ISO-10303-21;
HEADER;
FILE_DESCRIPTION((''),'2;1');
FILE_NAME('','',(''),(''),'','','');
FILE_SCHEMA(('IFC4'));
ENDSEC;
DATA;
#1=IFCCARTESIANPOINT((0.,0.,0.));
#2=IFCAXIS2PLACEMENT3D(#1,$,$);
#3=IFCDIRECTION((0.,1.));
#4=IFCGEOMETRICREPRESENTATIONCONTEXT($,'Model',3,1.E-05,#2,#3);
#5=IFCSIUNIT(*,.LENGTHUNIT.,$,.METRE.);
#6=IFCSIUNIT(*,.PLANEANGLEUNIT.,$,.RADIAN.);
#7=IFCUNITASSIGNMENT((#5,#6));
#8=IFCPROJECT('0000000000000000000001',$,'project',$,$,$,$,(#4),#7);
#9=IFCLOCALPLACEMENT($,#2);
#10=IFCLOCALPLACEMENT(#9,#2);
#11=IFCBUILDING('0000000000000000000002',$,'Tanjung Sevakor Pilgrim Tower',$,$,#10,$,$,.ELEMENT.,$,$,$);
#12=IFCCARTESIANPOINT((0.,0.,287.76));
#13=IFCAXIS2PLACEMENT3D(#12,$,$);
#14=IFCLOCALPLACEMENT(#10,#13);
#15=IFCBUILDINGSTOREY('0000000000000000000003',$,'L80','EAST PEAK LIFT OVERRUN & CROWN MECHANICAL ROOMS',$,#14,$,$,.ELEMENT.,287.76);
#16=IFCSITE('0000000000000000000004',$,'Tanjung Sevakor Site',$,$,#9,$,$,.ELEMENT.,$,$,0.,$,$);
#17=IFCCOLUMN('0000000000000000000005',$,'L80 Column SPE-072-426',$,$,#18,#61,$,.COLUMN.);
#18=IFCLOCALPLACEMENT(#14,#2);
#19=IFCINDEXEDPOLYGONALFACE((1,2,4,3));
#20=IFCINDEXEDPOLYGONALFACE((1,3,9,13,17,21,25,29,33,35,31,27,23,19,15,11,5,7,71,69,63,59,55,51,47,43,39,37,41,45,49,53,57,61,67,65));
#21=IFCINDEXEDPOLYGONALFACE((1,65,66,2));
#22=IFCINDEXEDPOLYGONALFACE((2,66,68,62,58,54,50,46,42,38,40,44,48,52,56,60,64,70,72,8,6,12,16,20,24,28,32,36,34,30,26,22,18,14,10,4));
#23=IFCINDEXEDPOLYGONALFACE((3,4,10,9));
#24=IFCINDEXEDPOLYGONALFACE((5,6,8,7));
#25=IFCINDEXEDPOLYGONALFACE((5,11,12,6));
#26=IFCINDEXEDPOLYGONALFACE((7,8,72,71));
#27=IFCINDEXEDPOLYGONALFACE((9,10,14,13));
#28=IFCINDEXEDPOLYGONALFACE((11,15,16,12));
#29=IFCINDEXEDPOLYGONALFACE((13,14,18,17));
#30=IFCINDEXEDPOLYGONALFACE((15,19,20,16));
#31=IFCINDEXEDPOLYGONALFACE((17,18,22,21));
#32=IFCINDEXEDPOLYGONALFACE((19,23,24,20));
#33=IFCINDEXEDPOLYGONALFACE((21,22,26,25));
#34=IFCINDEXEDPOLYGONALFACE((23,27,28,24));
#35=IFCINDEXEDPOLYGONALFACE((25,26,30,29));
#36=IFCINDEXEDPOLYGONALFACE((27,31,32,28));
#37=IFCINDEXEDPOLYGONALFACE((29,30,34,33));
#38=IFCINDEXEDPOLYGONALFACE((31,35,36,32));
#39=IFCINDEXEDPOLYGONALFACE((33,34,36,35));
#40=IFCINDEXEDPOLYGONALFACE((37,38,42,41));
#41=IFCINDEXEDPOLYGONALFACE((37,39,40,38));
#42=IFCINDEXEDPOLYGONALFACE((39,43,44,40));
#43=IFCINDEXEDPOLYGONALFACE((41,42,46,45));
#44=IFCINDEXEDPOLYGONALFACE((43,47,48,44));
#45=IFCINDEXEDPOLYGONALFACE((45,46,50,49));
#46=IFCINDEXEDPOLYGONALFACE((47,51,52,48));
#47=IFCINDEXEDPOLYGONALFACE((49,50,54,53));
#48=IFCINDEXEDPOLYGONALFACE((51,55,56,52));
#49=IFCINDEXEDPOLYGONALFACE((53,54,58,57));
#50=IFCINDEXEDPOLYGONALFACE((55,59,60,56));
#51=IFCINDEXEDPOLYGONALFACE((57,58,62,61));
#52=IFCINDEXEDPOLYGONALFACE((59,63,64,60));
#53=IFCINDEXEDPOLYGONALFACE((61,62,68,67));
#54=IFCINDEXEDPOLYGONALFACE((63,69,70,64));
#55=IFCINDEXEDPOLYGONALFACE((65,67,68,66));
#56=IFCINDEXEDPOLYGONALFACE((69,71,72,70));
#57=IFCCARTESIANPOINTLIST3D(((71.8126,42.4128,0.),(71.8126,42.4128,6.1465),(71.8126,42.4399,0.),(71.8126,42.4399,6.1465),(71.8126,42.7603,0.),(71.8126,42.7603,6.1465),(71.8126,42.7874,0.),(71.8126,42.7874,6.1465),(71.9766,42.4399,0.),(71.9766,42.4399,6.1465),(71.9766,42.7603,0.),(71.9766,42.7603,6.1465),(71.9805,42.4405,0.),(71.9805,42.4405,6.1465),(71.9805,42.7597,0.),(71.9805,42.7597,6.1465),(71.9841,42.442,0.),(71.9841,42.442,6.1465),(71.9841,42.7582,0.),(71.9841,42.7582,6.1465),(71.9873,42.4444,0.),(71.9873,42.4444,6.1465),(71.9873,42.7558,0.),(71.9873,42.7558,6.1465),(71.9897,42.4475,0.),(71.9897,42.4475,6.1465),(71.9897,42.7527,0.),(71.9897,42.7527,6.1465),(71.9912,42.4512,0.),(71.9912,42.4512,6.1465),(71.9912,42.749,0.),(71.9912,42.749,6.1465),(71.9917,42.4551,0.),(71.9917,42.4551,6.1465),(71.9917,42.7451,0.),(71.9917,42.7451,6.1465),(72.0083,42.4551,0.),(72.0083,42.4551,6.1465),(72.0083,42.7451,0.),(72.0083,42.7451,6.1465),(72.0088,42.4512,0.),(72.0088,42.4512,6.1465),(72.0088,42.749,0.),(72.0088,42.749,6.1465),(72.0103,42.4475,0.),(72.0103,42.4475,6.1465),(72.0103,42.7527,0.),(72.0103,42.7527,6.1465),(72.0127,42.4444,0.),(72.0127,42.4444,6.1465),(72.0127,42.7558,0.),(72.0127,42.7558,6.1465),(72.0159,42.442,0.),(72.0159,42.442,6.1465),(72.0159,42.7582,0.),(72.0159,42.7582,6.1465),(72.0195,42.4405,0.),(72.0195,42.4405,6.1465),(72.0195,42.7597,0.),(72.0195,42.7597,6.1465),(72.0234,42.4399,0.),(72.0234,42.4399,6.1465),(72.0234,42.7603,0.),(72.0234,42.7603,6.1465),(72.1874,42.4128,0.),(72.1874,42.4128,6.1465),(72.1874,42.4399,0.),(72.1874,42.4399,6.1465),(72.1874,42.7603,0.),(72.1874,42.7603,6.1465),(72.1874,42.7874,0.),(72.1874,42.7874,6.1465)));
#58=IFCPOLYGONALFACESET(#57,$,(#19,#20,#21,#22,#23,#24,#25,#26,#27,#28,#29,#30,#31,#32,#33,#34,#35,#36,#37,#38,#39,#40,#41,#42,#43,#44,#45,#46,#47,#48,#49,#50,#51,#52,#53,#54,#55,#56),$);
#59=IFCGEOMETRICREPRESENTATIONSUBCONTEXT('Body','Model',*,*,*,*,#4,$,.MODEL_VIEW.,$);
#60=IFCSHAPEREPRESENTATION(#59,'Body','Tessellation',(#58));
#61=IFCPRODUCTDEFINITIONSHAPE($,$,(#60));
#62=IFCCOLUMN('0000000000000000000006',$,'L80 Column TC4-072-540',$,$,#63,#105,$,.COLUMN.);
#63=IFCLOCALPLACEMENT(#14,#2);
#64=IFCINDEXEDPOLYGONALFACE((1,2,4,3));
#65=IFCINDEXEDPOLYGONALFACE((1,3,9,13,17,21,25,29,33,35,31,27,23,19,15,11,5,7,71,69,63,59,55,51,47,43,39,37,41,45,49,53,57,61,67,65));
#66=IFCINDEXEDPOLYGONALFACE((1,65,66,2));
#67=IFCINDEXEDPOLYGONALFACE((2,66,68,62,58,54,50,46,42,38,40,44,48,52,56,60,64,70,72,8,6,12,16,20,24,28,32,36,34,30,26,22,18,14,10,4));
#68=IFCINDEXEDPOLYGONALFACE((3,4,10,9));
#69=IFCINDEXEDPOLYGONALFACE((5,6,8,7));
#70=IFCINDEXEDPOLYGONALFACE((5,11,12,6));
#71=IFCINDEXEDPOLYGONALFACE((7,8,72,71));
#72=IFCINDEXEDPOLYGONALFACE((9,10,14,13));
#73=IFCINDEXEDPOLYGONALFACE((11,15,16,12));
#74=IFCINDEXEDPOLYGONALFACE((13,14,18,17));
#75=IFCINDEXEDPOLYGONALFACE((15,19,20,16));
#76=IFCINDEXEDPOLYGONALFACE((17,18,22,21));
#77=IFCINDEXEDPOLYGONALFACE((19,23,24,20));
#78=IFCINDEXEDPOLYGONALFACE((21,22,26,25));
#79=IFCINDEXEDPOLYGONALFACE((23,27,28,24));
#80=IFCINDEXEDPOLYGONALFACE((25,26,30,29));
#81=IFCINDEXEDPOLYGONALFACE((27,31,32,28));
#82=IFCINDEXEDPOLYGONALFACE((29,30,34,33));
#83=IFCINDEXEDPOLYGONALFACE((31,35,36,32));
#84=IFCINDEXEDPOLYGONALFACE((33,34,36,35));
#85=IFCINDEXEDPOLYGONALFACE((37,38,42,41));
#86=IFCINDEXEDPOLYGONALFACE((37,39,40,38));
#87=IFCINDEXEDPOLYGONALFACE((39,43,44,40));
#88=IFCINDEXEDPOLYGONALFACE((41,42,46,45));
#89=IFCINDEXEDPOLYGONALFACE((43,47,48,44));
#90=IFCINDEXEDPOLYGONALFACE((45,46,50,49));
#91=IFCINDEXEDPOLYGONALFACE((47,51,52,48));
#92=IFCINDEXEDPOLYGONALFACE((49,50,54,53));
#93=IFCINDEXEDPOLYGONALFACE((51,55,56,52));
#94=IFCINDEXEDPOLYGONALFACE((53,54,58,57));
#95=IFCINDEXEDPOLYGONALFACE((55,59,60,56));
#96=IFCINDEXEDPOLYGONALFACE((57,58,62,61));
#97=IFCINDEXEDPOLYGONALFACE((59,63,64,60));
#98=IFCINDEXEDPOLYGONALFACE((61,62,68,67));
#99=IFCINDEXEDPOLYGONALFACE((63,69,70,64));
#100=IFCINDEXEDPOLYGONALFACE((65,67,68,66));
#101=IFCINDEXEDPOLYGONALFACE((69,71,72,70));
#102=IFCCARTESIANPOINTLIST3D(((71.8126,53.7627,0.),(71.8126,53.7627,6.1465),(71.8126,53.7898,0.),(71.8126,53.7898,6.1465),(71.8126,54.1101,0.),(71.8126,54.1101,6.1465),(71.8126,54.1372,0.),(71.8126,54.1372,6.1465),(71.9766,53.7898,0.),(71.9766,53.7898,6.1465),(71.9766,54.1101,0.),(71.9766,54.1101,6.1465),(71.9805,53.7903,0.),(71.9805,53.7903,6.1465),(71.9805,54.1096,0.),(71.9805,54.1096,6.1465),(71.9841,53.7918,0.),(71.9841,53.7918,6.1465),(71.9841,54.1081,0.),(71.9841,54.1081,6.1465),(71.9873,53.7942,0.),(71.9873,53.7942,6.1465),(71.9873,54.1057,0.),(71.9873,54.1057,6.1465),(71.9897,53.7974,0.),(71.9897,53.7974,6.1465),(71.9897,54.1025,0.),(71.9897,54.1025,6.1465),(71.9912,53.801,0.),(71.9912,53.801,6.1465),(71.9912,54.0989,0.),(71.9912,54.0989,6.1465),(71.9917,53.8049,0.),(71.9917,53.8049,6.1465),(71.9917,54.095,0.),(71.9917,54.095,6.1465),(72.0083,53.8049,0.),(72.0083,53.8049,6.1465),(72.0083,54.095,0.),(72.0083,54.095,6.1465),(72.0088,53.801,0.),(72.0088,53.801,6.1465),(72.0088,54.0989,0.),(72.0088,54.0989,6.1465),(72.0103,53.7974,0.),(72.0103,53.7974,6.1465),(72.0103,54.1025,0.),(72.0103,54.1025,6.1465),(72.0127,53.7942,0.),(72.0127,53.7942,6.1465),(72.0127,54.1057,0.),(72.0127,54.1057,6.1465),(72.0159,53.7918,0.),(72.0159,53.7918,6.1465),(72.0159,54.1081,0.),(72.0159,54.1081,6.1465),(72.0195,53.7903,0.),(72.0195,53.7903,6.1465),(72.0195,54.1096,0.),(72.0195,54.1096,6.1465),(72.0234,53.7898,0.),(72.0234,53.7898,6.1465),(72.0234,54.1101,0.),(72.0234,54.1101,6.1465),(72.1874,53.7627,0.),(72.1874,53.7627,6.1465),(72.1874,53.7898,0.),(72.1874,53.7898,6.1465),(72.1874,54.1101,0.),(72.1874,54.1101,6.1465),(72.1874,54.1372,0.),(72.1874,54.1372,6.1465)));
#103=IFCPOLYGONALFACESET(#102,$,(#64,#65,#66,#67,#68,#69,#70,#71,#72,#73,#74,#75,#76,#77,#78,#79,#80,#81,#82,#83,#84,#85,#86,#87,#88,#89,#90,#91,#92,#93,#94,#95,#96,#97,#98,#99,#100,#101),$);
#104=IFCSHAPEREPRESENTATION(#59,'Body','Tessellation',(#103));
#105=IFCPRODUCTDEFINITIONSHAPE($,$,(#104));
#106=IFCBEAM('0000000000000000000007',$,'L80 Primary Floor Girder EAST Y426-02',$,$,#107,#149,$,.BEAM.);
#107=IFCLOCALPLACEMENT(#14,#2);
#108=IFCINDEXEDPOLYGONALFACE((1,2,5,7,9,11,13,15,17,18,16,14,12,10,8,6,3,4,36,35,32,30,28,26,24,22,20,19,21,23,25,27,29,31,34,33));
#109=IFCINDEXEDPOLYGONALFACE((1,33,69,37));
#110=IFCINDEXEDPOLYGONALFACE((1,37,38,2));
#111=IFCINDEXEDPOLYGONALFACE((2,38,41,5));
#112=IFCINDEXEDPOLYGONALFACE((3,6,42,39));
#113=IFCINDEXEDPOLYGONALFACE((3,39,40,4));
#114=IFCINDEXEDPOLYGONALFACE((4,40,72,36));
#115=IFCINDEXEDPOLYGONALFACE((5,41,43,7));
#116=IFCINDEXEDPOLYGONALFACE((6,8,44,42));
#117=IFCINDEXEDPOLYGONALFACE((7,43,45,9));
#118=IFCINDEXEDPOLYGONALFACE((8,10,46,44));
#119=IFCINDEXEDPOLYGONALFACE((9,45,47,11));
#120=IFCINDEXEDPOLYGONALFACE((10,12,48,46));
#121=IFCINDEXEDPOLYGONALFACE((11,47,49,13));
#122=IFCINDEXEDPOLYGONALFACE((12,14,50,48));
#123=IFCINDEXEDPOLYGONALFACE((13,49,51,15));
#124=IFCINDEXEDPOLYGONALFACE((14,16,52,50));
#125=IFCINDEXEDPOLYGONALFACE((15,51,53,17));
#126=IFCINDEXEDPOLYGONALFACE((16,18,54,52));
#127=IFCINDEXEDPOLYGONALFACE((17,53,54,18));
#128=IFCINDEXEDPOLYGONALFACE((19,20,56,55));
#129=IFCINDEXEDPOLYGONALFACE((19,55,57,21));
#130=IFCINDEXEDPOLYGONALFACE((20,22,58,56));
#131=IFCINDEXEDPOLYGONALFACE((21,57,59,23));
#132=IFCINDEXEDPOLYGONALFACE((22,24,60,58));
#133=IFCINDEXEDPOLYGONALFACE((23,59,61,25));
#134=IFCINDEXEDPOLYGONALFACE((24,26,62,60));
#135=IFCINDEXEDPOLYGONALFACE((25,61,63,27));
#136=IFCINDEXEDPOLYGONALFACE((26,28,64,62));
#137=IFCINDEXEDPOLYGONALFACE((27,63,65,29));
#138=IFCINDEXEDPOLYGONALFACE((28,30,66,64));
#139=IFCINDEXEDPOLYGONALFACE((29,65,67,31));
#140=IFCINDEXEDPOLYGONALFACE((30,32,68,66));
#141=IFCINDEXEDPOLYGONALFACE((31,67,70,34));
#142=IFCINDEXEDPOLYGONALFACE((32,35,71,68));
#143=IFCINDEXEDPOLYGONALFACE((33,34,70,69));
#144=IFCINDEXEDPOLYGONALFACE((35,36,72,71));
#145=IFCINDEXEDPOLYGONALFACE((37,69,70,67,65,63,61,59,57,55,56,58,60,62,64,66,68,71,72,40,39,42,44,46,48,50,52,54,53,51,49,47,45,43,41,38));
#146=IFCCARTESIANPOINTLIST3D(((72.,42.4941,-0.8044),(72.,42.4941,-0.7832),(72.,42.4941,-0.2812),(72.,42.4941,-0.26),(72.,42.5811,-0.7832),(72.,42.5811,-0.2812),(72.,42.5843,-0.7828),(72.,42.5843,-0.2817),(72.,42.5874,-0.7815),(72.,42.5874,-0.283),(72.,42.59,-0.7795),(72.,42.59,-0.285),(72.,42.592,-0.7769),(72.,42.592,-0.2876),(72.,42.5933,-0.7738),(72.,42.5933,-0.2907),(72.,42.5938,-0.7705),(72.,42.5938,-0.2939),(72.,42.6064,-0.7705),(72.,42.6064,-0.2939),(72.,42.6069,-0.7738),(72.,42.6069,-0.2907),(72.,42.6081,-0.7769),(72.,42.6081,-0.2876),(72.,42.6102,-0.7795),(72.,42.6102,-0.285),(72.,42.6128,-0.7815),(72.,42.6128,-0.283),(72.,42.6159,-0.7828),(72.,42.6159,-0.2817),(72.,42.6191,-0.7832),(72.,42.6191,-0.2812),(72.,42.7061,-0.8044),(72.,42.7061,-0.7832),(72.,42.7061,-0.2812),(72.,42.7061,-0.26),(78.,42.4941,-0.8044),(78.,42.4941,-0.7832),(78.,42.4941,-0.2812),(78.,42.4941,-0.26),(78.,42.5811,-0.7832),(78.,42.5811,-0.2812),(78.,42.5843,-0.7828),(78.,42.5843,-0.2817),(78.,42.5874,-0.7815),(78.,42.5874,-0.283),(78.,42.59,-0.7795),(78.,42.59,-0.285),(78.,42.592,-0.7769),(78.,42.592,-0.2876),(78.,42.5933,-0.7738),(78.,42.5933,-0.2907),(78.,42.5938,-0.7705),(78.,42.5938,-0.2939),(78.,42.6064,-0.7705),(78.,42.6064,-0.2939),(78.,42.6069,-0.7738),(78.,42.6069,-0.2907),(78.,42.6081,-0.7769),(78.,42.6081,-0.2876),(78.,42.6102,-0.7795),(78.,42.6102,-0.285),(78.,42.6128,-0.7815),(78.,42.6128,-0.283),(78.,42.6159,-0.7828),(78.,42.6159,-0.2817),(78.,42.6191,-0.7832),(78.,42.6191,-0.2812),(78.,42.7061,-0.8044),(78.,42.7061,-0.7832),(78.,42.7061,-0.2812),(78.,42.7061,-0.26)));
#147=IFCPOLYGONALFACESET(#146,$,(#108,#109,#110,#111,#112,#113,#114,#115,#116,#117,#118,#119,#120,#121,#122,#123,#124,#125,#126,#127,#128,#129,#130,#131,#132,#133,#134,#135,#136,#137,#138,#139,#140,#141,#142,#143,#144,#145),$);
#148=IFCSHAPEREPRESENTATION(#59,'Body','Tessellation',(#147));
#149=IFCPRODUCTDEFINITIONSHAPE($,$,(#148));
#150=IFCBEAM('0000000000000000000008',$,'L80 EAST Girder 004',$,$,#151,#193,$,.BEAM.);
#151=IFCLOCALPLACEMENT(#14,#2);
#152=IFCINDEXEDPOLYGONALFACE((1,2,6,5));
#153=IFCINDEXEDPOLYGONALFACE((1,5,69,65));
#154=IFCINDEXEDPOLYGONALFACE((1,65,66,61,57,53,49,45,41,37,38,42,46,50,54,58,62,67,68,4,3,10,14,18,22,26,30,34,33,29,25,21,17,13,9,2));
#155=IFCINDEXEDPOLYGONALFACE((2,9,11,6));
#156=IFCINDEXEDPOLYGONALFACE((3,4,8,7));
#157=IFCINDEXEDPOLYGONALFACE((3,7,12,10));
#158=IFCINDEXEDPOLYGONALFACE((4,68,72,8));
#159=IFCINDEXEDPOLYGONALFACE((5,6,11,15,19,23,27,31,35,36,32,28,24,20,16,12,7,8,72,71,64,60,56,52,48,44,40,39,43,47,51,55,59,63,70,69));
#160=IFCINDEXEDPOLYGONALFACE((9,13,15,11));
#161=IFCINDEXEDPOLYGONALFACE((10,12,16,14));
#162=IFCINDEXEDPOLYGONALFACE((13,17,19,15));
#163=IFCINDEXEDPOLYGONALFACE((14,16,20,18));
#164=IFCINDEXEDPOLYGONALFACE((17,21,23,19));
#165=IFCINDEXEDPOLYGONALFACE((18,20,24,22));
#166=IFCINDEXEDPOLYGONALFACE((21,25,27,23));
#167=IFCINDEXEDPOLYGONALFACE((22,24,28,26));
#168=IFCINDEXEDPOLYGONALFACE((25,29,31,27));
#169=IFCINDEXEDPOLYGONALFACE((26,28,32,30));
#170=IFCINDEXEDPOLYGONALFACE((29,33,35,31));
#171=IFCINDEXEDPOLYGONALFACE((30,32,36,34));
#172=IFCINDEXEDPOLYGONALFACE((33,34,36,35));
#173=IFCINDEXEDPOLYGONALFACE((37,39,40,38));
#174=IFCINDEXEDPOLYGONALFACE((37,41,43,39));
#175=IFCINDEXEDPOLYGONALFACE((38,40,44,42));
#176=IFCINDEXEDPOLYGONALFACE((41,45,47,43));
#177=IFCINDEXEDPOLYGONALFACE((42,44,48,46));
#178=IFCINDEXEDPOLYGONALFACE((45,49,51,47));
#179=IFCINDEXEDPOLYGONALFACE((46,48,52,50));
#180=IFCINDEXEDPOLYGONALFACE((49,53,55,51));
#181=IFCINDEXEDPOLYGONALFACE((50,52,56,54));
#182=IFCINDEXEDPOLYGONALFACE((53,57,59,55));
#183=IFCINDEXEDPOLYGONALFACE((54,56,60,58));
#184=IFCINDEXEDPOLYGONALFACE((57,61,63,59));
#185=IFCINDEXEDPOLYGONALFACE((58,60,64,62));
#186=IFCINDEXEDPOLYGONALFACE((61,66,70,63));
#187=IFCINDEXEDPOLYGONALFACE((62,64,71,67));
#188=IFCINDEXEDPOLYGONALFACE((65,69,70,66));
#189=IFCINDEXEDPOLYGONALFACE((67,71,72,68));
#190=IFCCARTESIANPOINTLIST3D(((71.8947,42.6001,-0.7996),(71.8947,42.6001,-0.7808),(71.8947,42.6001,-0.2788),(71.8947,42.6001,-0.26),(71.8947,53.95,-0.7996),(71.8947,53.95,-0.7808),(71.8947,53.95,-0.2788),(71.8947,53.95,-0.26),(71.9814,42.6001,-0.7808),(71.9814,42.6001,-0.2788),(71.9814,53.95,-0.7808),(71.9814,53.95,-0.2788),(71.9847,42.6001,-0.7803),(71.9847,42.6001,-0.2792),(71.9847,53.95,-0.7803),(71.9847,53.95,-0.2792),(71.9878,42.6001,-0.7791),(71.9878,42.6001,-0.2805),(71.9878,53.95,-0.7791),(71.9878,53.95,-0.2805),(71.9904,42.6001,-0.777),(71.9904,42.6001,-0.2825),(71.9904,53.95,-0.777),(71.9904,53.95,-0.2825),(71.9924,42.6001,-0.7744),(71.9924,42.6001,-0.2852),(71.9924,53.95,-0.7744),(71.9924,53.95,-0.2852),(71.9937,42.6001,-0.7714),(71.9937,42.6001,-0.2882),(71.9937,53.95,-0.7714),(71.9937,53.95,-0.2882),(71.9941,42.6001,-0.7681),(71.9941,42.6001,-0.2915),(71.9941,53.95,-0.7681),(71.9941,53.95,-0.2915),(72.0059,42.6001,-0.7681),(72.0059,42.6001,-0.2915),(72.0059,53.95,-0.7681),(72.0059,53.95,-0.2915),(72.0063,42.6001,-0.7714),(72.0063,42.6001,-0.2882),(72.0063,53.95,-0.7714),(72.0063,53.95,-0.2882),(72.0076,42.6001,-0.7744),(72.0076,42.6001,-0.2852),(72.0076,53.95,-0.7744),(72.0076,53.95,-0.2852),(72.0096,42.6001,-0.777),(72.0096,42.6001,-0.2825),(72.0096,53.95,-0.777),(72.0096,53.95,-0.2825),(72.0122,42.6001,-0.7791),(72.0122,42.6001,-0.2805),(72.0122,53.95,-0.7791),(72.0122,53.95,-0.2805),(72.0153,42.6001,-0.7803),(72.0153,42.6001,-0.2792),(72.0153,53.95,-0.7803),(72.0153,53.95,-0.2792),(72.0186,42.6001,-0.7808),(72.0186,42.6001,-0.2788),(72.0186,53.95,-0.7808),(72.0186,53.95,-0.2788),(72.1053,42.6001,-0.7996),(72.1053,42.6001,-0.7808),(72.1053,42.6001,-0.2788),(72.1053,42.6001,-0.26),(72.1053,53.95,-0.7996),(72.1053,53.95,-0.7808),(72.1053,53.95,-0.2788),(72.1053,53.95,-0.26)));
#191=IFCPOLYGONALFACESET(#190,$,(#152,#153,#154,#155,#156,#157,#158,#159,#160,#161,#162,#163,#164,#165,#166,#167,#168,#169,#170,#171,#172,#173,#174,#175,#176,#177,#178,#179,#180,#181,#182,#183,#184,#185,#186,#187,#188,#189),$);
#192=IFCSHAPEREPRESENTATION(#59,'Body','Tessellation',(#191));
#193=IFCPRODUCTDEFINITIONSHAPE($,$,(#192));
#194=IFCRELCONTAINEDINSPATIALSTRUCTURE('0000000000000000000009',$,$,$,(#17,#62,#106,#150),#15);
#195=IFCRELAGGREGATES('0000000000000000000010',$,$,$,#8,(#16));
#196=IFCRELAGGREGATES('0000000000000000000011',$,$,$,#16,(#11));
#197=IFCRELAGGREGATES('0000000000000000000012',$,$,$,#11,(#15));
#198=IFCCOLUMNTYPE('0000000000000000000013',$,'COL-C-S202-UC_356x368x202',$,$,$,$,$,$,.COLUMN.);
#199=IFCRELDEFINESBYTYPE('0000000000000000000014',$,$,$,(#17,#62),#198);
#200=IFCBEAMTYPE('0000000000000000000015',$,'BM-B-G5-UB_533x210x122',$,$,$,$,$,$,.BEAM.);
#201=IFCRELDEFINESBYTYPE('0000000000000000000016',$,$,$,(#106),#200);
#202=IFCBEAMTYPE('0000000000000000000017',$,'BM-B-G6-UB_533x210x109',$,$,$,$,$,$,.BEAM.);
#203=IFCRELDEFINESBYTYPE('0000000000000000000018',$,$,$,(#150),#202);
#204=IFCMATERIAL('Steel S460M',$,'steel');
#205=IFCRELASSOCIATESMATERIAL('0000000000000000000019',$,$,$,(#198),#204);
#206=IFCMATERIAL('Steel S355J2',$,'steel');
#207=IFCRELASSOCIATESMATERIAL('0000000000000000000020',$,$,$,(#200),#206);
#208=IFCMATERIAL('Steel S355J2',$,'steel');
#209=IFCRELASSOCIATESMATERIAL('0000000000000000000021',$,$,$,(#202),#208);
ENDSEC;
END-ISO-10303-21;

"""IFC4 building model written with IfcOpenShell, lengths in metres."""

from ifc_helpers import new_model, si_unit, direction, frame, origin, origin_2d, place, context, subcontext, project, spatial, i_section, extrude, material, material_profile, profile_set, type_object, element, save


model = new_model("IFC4")

# Units and contexts
model_context = context("Model", 3, precision=1e-05, world=origin(), true_north=direction((0.0, 1.0)))
body_context = subcontext(model_context, "Body", "Model", "MODEL_VIEW")
ifc_project = project(units=[si_unit("LENGTHUNIT", "METRE"), si_unit("PLANEANGLEUNIT", "RADIAN")], contexts=[model_context])

# Site, building, storey
site_placement = place(None, origin())
site = spatial("IfcSite", under=ifc_project, at=site_placement, Name="Tanjung Sevakor Site", CompositionType="ELEMENT", RefElevation=0.0)
building_placement = place(site_placement, origin())
building = spatial("IfcBuilding", under=site, at=building_placement, Name="Tanjung Sevakor Pilgrim Tower", CompositionType="ELEMENT")
storey_placement = place(building_placement, frame((0.0, 0.0, 287.76)))
storey = spatial("IfcBuildingStorey", under=building, at=storey_placement, Name="L80", Description="EAST PEAK LIFT OVERRUN & CROWN MECHANICAL ROOMS", CompositionType="ELEMENT", Elevation=287.76)

# Columns
ifc_material_1 = material(Name="Steel S460M", Category="steel")
ifc_material_profile_1 = material_profile(ifc_material_1, i_section(OverallWidth=0.3748, OverallDepth=0.3745, WebThickness=0.0166, FlangeThickness=0.0271, FilletRadius=0.0151, at=origin_2d()))
ifc_profile_set_1 = profile_set([ifc_material_profile_1], Name="Steel S460M")
column_type = type_object("IfcColumnType", Name="COL-C-S202-UC_356x368x202", PredefinedType="COLUMN", material=ifc_profile_set_1)
for number, where, z_axis, x_axis, name in (
    (1, (72.0, 42.6001, 0.0), (0.0, 0.0, 1.0), (1.0, 0.0, 0.0), "L80 Column SPE-072-426"),
    (2, (72.0, 53.95, 0.0), (0.0, 0.0, 1.0), (1.0, 0.0, 0.0), "L80 Column TC4-072-540"),
):
    element("IfcColumn", number, at=place(storey_placement, frame(where, z_axis=z_axis, x_axis=x_axis)), inside=storey, type_object=column_type, Name=name, PredefinedType="COLUMN", context=body_context, shape_type="SweptSolid", body=[
        extrude(i_section(OverallWidth=0.3748, OverallDepth=0.3745, WebThickness=0.0166, FlangeThickness=0.0271, FilletRadius=0.0151, at=origin_2d()), origin(), (0.0, 0.0, 1.0), 6.1465),
    ])

# Beams
ifc_material_2 = material(Name="Steel S355J2", Category="steel")
ifc_material_profile_2 = material_profile(ifc_material_2, i_section(OverallWidth=0.2119, OverallDepth=0.5444, WebThickness=0.0127, FlangeThickness=0.0212, FilletRadius=0.0127, at=origin_2d()))
ifc_profile_set_2 = profile_set([ifc_material_profile_2], Name="Steel S355J2")
beam_type_1 = type_object("IfcBeamType", Name="BM-B-G5-UB_533x210x122", PredefinedType="BEAM", material=ifc_profile_set_2)
beam_1_placement = place(storey_placement, frame((72.0, 42.6001, -0.5322), z_axis=(1.0, 0.0, 0.0), x_axis=(0.0, 1.0, 0.0)))
element("IfcBeam", 3, at=beam_1_placement, inside=storey, type_object=beam_type_1, Name="L80 Primary Floor Girder EAST Y426-02", PredefinedType="BEAM", context=body_context, shape_type="SweptSolid", body=[
    extrude(i_section(OverallWidth=0.2119, OverallDepth=0.5444, WebThickness=0.0127, FlangeThickness=0.0212, FilletRadius=0.0127, at=origin_2d()), origin(), (0.0, 0.0, 1.0), 6.0),
])
ifc_material_3 = material(Name="Steel S355J2", Category="steel")
ifc_material_profile_3 = material_profile(ifc_material_3, i_section(OverallWidth=0.2107, OverallDepth=0.5396, WebThickness=0.0117, FlangeThickness=0.0188, FilletRadius=0.0127, at=origin_2d()))
ifc_profile_set_3 = profile_set([ifc_material_profile_3], Name="Steel S355J2")
beam_type_2 = type_object("IfcBeamType", Name="BM-B-G6-UB_533x210x109", PredefinedType="BEAM", material=ifc_profile_set_3)
beam_2_placement = place(storey_placement, frame((72.0, 42.6001, -0.5298), z_axis=(0.0, 1.0, 0.0), x_axis=(-1.0, 0.0, 0.0)))
element("IfcBeam", 4, at=beam_2_placement, inside=storey, type_object=beam_type_2, Name="L80 EAST Girder 004", PredefinedType="BEAM", context=body_context, shape_type="SweptSolid", body=[
    extrude(i_section(OverallWidth=0.2107, OverallDepth=0.5396, WebThickness=0.0117, FlangeThickness=0.0188, FilletRadius=0.0127, at=origin_2d()), origin(), (0.0, 0.0, 1.0), 11.3499),
])

save(model, "model.ifc")
